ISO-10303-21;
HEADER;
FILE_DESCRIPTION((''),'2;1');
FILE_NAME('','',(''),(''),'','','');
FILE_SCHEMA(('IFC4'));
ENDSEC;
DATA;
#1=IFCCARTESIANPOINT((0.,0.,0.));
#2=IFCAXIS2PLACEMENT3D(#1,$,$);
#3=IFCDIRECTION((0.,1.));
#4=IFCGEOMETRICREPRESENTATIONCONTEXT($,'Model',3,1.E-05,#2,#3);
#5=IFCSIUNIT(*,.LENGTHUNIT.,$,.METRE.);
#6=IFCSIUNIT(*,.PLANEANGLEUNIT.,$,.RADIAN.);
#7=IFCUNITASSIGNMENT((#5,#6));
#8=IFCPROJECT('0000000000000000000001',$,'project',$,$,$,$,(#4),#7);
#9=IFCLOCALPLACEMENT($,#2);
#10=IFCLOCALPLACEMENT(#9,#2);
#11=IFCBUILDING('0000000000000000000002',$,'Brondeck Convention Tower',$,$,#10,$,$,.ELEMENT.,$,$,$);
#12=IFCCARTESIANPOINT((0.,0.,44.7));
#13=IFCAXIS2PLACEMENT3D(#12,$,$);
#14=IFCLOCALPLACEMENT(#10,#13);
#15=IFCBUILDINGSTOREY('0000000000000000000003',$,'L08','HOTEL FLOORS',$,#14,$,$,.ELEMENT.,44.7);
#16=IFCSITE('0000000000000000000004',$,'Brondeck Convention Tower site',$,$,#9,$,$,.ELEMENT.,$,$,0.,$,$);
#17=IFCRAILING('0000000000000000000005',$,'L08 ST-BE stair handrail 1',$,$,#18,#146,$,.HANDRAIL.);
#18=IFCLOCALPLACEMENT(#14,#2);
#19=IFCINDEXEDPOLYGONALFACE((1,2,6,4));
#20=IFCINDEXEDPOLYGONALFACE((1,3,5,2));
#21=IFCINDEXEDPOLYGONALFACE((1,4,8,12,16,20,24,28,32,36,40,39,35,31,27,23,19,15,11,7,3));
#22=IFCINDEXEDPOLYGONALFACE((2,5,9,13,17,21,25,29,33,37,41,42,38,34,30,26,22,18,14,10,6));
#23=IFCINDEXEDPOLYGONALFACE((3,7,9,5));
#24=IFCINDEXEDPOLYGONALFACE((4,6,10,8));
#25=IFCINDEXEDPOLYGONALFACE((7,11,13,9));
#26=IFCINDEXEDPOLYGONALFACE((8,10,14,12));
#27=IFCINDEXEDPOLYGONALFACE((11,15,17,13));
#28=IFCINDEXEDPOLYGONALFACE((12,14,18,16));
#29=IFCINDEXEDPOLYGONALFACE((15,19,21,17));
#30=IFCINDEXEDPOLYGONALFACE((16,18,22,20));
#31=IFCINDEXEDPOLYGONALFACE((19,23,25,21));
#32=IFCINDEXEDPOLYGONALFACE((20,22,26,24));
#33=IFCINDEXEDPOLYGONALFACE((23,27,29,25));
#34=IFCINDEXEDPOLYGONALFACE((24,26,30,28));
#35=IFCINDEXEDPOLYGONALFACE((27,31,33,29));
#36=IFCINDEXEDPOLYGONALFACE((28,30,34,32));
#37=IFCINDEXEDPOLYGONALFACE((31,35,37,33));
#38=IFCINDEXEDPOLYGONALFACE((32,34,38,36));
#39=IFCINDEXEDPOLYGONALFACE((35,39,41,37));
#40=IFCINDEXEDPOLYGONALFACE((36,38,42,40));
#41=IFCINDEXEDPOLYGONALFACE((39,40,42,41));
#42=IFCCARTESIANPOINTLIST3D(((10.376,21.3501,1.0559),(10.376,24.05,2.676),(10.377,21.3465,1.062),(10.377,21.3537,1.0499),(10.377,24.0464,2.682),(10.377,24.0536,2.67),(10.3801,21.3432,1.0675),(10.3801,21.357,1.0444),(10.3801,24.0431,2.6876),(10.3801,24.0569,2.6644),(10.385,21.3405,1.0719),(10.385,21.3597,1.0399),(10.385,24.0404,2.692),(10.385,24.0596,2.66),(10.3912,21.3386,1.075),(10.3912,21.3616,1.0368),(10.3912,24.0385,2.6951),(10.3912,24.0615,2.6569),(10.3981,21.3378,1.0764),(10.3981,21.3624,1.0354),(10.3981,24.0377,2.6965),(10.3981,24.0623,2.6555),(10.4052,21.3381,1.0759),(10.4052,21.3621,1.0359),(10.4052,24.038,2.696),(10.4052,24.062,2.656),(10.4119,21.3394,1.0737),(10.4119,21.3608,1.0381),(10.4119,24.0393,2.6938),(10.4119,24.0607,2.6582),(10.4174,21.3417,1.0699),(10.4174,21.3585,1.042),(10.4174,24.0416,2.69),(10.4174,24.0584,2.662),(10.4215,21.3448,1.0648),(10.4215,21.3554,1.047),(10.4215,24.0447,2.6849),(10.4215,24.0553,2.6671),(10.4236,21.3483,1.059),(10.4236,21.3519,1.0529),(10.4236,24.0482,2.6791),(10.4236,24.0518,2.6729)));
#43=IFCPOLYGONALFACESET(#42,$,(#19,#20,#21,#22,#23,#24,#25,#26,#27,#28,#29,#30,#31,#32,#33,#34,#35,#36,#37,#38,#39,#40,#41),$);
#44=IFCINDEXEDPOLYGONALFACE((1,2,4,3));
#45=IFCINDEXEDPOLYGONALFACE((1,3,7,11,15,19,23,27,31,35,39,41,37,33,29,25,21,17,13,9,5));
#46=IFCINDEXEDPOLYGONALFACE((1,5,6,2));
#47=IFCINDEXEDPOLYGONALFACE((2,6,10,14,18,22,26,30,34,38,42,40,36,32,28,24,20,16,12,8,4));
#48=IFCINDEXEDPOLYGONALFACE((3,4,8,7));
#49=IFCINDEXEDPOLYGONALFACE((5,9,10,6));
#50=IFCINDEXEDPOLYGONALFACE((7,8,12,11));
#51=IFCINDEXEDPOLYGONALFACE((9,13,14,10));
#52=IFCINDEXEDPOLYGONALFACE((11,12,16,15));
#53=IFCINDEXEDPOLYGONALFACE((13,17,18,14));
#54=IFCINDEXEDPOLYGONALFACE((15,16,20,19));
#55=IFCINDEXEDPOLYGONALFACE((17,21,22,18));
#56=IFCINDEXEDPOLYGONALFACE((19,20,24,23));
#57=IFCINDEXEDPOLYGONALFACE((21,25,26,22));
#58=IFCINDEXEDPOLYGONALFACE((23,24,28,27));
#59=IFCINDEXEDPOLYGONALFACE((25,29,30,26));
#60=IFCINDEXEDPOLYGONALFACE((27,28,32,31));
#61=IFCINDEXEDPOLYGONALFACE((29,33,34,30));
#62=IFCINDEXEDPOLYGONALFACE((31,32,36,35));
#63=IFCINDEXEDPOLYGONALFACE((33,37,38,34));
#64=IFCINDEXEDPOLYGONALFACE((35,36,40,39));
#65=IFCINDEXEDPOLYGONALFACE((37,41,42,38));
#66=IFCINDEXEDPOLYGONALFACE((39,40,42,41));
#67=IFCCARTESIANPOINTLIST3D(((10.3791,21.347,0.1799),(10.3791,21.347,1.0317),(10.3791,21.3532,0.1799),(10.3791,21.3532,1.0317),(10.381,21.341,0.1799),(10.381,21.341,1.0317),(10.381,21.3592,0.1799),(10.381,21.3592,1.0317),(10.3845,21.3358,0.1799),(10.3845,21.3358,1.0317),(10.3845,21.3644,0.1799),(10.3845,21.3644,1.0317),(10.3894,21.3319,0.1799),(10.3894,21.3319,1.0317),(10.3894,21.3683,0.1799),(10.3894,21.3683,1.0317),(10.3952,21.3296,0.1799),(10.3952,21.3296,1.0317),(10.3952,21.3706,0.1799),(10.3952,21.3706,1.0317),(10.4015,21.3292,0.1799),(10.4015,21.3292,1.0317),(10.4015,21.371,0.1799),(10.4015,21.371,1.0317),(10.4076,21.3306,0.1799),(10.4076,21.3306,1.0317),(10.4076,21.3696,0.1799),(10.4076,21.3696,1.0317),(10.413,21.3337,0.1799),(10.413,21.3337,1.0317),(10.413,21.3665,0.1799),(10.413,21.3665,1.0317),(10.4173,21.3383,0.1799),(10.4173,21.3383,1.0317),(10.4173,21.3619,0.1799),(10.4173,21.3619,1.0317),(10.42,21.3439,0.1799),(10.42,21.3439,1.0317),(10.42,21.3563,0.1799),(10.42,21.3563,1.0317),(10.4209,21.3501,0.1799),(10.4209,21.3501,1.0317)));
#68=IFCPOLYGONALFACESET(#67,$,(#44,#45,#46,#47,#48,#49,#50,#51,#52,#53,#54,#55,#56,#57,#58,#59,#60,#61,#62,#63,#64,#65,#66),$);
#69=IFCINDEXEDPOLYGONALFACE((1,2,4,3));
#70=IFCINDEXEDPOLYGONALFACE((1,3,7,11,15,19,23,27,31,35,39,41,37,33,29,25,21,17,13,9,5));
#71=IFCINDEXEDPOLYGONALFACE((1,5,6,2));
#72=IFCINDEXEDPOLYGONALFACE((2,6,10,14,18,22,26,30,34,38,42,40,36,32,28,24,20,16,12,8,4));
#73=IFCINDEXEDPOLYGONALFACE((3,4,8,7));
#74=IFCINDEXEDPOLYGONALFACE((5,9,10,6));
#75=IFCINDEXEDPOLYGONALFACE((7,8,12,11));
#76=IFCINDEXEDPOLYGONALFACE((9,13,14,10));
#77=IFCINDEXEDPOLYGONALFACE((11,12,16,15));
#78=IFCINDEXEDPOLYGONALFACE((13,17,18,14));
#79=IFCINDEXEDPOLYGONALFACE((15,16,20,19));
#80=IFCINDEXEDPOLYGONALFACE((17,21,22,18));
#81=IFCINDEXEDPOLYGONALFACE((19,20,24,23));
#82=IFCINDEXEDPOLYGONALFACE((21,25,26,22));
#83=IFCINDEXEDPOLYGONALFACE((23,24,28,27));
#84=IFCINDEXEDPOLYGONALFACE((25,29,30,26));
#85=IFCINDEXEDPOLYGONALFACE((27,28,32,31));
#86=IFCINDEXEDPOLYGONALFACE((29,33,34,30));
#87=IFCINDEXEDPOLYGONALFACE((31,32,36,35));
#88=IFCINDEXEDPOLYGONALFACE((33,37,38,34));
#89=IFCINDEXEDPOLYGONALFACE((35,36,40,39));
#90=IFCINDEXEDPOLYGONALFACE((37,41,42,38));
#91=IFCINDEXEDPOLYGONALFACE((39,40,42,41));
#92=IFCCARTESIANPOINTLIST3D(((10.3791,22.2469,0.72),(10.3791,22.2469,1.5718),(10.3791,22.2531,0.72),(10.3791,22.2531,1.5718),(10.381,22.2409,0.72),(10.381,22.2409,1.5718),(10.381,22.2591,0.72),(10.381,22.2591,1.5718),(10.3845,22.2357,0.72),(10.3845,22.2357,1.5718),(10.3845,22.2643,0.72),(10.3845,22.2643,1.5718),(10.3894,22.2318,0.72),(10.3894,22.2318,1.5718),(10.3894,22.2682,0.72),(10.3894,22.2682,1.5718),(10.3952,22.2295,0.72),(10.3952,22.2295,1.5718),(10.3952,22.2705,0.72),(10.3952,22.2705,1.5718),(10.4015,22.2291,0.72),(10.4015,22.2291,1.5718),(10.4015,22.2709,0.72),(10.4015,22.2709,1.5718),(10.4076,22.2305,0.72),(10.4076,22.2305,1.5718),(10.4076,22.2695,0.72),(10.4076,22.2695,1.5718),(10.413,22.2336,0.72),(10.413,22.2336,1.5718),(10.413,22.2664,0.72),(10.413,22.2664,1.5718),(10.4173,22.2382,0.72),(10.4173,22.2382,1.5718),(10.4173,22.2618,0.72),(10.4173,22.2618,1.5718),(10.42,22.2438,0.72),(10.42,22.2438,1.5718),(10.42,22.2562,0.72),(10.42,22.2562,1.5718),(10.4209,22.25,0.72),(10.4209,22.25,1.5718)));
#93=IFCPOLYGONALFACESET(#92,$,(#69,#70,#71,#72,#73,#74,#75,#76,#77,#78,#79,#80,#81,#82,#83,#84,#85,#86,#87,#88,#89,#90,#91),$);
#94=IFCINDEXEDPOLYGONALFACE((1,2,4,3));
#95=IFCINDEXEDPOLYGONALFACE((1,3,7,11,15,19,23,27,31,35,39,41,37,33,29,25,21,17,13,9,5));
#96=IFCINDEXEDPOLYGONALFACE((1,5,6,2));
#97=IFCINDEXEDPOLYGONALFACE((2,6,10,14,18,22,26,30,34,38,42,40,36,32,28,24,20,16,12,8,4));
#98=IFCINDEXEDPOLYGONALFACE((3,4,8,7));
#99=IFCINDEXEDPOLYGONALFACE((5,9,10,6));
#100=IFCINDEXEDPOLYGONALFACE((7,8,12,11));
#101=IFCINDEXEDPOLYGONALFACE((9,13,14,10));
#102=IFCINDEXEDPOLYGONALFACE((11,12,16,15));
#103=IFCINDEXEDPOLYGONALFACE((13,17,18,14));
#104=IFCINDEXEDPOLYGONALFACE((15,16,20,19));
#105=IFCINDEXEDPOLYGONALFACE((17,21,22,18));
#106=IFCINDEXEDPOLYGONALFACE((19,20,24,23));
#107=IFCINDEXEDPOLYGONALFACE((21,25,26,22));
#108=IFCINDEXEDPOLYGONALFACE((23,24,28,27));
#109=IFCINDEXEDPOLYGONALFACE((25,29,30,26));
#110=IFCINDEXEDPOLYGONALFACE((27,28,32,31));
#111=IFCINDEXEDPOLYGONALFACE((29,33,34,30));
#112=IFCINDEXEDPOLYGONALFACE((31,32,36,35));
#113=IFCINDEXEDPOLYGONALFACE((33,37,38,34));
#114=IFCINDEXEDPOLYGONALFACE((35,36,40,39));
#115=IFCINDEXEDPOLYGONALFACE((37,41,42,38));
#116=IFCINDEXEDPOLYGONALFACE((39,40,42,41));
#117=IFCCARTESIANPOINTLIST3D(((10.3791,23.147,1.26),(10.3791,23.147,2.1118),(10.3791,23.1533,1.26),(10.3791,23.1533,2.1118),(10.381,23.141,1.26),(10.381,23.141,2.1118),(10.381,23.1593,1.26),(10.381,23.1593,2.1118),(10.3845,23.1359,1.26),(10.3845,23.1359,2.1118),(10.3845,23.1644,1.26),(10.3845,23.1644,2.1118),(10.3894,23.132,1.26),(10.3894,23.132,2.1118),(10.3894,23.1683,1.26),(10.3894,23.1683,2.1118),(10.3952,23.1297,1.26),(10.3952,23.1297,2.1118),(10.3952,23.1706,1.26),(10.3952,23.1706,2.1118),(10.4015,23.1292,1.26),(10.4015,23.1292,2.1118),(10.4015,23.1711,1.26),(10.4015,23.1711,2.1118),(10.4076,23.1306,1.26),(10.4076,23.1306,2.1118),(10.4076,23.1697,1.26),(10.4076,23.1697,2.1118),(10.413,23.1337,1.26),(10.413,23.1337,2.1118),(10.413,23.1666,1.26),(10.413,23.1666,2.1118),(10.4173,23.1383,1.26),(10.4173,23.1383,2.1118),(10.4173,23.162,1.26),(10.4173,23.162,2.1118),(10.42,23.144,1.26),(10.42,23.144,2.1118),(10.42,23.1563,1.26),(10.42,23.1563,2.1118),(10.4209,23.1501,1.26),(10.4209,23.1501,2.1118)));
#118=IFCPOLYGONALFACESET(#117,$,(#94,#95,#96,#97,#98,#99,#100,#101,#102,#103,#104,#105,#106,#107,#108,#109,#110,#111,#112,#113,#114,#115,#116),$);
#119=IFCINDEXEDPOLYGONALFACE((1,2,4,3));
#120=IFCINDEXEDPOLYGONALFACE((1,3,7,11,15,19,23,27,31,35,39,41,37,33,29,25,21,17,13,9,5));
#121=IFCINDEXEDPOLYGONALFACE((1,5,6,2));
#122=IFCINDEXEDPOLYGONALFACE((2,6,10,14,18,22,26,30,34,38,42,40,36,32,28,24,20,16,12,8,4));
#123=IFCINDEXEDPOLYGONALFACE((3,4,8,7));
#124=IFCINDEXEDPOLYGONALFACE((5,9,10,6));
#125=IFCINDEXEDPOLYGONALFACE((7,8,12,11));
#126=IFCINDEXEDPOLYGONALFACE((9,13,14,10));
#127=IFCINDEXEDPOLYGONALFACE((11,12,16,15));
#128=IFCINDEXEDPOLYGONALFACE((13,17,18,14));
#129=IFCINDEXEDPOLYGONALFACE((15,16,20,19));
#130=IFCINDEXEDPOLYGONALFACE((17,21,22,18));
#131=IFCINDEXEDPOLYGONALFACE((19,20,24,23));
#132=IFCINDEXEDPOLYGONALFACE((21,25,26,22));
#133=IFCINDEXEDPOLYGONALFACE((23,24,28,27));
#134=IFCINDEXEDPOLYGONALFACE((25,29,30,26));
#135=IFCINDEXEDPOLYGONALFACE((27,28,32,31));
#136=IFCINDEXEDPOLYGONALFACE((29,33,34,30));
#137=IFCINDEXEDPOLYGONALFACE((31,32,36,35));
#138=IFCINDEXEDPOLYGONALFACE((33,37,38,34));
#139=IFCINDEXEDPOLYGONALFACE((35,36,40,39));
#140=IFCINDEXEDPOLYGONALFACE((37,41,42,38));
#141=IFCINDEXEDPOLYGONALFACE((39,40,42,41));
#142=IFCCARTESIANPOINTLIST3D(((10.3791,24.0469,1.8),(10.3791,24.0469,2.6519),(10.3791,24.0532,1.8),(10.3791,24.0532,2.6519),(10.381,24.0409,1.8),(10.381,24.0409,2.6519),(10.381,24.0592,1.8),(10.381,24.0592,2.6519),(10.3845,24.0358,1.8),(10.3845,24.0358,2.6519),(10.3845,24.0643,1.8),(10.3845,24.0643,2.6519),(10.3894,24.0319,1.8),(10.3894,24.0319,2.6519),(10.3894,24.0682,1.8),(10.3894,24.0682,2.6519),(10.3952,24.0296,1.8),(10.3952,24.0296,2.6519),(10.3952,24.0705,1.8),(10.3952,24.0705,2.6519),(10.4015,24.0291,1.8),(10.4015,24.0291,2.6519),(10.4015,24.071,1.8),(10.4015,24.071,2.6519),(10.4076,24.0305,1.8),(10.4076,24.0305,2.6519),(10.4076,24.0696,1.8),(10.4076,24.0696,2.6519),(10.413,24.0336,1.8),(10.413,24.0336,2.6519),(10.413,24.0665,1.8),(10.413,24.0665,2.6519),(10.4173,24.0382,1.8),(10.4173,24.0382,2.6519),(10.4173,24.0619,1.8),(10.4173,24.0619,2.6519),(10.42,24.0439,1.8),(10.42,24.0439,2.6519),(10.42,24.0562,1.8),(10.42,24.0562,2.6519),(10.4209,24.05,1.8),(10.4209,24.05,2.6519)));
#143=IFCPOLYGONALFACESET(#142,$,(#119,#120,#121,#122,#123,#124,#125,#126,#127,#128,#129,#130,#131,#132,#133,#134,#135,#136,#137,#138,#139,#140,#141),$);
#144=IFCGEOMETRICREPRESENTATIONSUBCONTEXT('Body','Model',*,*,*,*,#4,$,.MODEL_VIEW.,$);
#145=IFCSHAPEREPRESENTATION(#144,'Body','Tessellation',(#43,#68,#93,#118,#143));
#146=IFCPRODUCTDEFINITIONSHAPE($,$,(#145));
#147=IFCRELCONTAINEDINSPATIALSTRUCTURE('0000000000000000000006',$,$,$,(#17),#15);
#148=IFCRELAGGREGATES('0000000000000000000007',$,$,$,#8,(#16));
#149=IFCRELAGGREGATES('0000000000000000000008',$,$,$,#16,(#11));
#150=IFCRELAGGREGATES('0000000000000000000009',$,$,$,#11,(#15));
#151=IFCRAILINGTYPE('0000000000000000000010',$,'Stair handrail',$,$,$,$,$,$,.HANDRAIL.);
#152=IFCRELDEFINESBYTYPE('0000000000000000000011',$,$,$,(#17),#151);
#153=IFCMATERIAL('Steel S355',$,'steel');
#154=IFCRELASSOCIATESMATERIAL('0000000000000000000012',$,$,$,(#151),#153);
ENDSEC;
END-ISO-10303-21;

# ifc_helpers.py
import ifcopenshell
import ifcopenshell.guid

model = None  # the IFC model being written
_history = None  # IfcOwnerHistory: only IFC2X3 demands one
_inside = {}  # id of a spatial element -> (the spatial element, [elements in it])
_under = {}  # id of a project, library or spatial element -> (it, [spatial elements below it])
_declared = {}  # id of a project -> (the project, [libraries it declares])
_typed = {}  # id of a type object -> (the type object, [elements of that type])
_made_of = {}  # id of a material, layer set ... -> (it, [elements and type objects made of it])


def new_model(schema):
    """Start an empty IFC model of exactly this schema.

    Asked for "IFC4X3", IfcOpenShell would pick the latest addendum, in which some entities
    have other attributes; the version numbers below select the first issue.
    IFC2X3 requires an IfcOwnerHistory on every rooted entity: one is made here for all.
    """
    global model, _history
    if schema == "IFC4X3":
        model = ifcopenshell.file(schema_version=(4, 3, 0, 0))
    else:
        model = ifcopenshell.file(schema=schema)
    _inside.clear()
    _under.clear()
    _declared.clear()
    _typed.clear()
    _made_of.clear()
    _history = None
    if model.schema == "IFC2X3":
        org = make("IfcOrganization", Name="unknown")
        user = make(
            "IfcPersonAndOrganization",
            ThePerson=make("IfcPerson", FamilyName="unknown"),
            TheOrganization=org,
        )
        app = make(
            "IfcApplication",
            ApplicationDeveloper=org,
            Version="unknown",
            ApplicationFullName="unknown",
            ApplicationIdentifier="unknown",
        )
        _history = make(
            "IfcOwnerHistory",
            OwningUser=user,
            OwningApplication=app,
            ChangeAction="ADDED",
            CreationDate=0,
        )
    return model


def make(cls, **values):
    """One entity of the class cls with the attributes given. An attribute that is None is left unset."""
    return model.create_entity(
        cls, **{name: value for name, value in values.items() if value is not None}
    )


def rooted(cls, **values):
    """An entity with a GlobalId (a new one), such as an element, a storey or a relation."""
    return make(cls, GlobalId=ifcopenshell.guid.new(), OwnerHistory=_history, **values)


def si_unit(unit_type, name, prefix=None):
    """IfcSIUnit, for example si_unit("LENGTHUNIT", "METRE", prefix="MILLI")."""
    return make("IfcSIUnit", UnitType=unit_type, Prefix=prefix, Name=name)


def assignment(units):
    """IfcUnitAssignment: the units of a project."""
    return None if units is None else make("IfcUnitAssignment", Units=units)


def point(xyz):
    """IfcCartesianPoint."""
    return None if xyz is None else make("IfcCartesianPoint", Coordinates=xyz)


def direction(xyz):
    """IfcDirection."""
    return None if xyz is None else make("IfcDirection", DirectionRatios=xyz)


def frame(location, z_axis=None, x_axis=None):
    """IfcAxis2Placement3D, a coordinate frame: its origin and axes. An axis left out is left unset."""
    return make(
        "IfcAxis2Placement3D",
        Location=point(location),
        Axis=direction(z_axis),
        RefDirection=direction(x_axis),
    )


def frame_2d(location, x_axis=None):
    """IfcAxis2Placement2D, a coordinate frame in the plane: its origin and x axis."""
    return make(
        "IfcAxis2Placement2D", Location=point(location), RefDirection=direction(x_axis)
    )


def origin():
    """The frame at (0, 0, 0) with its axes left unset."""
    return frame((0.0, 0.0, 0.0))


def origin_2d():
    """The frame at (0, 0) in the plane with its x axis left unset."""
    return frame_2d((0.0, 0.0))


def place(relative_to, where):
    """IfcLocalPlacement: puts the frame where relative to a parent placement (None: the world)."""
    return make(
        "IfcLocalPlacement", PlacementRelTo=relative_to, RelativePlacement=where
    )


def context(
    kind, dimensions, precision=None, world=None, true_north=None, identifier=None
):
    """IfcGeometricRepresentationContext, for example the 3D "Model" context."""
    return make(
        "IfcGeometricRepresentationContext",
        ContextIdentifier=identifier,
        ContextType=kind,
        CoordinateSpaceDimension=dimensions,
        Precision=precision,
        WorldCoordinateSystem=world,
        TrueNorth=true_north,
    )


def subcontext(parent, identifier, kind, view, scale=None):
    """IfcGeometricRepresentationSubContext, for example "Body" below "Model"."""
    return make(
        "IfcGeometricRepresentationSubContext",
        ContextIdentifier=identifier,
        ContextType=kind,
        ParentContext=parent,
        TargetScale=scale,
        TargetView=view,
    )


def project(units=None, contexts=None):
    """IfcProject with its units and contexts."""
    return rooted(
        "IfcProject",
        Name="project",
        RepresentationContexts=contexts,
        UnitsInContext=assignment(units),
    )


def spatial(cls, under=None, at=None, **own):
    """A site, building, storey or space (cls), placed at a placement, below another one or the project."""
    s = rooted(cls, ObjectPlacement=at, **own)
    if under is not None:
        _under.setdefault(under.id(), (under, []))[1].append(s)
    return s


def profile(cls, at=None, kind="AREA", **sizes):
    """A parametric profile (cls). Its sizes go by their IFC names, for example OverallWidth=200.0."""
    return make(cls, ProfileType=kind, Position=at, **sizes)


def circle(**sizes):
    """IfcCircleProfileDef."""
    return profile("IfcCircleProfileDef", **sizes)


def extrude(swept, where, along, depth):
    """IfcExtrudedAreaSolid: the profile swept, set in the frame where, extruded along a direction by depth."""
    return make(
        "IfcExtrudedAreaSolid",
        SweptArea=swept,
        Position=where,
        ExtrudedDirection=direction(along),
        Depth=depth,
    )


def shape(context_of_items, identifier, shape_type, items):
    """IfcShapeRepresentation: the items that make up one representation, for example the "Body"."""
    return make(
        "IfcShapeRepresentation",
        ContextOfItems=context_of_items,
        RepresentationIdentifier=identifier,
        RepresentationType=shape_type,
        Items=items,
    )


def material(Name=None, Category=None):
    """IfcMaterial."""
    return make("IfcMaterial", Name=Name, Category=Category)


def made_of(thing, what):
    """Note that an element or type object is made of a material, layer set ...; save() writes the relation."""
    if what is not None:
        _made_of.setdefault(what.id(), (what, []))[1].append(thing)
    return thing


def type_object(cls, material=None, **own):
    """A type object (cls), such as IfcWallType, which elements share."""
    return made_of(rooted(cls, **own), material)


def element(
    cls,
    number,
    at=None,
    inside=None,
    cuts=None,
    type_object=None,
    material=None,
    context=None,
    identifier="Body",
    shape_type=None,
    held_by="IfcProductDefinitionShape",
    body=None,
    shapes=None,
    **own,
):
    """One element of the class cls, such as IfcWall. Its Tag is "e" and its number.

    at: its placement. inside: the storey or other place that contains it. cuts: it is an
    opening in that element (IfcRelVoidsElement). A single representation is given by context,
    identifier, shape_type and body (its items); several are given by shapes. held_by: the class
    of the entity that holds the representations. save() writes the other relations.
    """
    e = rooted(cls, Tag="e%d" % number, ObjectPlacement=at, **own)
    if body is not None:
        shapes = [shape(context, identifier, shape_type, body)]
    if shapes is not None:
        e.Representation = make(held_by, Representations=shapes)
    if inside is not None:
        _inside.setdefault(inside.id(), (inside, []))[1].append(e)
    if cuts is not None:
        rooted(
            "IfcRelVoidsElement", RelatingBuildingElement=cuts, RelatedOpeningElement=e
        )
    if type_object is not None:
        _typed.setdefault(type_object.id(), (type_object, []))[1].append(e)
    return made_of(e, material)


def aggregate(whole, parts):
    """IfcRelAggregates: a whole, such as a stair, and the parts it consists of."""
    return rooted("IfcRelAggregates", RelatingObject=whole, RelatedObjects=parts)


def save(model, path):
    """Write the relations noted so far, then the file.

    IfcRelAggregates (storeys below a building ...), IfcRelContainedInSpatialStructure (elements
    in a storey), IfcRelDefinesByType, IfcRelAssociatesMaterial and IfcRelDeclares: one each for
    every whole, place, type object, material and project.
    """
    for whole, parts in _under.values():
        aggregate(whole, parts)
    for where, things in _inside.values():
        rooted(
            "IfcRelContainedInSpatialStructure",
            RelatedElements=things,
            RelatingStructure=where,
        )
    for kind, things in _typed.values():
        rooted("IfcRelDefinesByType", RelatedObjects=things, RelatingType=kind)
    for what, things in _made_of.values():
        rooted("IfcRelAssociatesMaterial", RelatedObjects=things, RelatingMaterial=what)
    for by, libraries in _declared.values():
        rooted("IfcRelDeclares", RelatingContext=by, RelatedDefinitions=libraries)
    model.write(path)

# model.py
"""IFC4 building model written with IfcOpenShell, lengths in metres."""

from ifc_helpers import new_model, si_unit, direction, frame, origin, origin_2d, place, context, subcontext, project, spatial, circle, extrude, material, type_object, element, save


model = new_model("IFC4")

# Units and contexts
model_context = context("Model", 3, precision=1e-05, world=origin(), true_north=direction((0.0, 1.0)))
body_context = subcontext(model_context, "Body", "Model", "MODEL_VIEW")
ifc_project = project(units=[si_unit("LENGTHUNIT", "METRE"), si_unit("PLANEANGLEUNIT", "RADIAN")], contexts=[model_context])

# Site, building, storey
site_placement = place(None, origin())
site = spatial("IfcSite", under=ifc_project, at=site_placement, Name="Brondeck Convention Tower site", CompositionType="ELEMENT", RefElevation=0.0)
building_placement = place(site_placement, origin())
building = spatial("IfcBuilding", under=site, at=building_placement, Name="Brondeck Convention Tower", CompositionType="ELEMENT")
storey_placement = place(building_placement, frame((0.0, 0.0, 44.7)))
storey = spatial("IfcBuildingStorey", under=building, at=storey_placement, Name="L08", Description="HOTEL FLOORS", CompositionType="ELEMENT", Elevation=44.7)

# Shared definitions
ifc_material_1 = material(Name="Steel S355", Category="steel")

# Railing
railing_type_1 = type_object("IfcRailingType", Name="Stair handrail", PredefinedType="HANDRAIL", material=ifc_material_1)
railing_1_placement = place(storey_placement, frame((10.3999, 21.3501, 0.1799)))
element("IfcRailing", 1, at=railing_1_placement, inside=storey, type_object=railing_type_1, Name="L08 ST-BE stair handrail 1", PredefinedType="HANDRAIL", context=body_context, shape_type="SweptSolid", body=[
    extrude(circle(Radius=0.0239, at=origin_2d()), frame((0.0, 0.0, 0.876), z_axis=(0.0, 0.857472, 0.51453), x_axis=(-1.0, 0.0, 0.0)), (0.0, 0.0, 1.0), 3.1487),
    extrude(circle(Radius=0.021, at=origin_2d()), origin(), (0.0, 0.0, 1.0), 0.8518),
    extrude(circle(Radius=0.021, at=origin_2d()), frame((0.0, 0.8999, 0.54)), (0.0, 0.0, 1.0), 0.8518),
    extrude(circle(Radius=0.021, at=origin_2d()), frame((0.0, 1.8, 1.0801)), (0.0, 0.0, 1.0), 0.8518),
    extrude(circle(Radius=0.021, at=origin_2d()), frame((0.0, 2.7, 1.6201)), (0.0, 0.0, 1.0), 0.8518),
])

save(model, "model.ifc")
